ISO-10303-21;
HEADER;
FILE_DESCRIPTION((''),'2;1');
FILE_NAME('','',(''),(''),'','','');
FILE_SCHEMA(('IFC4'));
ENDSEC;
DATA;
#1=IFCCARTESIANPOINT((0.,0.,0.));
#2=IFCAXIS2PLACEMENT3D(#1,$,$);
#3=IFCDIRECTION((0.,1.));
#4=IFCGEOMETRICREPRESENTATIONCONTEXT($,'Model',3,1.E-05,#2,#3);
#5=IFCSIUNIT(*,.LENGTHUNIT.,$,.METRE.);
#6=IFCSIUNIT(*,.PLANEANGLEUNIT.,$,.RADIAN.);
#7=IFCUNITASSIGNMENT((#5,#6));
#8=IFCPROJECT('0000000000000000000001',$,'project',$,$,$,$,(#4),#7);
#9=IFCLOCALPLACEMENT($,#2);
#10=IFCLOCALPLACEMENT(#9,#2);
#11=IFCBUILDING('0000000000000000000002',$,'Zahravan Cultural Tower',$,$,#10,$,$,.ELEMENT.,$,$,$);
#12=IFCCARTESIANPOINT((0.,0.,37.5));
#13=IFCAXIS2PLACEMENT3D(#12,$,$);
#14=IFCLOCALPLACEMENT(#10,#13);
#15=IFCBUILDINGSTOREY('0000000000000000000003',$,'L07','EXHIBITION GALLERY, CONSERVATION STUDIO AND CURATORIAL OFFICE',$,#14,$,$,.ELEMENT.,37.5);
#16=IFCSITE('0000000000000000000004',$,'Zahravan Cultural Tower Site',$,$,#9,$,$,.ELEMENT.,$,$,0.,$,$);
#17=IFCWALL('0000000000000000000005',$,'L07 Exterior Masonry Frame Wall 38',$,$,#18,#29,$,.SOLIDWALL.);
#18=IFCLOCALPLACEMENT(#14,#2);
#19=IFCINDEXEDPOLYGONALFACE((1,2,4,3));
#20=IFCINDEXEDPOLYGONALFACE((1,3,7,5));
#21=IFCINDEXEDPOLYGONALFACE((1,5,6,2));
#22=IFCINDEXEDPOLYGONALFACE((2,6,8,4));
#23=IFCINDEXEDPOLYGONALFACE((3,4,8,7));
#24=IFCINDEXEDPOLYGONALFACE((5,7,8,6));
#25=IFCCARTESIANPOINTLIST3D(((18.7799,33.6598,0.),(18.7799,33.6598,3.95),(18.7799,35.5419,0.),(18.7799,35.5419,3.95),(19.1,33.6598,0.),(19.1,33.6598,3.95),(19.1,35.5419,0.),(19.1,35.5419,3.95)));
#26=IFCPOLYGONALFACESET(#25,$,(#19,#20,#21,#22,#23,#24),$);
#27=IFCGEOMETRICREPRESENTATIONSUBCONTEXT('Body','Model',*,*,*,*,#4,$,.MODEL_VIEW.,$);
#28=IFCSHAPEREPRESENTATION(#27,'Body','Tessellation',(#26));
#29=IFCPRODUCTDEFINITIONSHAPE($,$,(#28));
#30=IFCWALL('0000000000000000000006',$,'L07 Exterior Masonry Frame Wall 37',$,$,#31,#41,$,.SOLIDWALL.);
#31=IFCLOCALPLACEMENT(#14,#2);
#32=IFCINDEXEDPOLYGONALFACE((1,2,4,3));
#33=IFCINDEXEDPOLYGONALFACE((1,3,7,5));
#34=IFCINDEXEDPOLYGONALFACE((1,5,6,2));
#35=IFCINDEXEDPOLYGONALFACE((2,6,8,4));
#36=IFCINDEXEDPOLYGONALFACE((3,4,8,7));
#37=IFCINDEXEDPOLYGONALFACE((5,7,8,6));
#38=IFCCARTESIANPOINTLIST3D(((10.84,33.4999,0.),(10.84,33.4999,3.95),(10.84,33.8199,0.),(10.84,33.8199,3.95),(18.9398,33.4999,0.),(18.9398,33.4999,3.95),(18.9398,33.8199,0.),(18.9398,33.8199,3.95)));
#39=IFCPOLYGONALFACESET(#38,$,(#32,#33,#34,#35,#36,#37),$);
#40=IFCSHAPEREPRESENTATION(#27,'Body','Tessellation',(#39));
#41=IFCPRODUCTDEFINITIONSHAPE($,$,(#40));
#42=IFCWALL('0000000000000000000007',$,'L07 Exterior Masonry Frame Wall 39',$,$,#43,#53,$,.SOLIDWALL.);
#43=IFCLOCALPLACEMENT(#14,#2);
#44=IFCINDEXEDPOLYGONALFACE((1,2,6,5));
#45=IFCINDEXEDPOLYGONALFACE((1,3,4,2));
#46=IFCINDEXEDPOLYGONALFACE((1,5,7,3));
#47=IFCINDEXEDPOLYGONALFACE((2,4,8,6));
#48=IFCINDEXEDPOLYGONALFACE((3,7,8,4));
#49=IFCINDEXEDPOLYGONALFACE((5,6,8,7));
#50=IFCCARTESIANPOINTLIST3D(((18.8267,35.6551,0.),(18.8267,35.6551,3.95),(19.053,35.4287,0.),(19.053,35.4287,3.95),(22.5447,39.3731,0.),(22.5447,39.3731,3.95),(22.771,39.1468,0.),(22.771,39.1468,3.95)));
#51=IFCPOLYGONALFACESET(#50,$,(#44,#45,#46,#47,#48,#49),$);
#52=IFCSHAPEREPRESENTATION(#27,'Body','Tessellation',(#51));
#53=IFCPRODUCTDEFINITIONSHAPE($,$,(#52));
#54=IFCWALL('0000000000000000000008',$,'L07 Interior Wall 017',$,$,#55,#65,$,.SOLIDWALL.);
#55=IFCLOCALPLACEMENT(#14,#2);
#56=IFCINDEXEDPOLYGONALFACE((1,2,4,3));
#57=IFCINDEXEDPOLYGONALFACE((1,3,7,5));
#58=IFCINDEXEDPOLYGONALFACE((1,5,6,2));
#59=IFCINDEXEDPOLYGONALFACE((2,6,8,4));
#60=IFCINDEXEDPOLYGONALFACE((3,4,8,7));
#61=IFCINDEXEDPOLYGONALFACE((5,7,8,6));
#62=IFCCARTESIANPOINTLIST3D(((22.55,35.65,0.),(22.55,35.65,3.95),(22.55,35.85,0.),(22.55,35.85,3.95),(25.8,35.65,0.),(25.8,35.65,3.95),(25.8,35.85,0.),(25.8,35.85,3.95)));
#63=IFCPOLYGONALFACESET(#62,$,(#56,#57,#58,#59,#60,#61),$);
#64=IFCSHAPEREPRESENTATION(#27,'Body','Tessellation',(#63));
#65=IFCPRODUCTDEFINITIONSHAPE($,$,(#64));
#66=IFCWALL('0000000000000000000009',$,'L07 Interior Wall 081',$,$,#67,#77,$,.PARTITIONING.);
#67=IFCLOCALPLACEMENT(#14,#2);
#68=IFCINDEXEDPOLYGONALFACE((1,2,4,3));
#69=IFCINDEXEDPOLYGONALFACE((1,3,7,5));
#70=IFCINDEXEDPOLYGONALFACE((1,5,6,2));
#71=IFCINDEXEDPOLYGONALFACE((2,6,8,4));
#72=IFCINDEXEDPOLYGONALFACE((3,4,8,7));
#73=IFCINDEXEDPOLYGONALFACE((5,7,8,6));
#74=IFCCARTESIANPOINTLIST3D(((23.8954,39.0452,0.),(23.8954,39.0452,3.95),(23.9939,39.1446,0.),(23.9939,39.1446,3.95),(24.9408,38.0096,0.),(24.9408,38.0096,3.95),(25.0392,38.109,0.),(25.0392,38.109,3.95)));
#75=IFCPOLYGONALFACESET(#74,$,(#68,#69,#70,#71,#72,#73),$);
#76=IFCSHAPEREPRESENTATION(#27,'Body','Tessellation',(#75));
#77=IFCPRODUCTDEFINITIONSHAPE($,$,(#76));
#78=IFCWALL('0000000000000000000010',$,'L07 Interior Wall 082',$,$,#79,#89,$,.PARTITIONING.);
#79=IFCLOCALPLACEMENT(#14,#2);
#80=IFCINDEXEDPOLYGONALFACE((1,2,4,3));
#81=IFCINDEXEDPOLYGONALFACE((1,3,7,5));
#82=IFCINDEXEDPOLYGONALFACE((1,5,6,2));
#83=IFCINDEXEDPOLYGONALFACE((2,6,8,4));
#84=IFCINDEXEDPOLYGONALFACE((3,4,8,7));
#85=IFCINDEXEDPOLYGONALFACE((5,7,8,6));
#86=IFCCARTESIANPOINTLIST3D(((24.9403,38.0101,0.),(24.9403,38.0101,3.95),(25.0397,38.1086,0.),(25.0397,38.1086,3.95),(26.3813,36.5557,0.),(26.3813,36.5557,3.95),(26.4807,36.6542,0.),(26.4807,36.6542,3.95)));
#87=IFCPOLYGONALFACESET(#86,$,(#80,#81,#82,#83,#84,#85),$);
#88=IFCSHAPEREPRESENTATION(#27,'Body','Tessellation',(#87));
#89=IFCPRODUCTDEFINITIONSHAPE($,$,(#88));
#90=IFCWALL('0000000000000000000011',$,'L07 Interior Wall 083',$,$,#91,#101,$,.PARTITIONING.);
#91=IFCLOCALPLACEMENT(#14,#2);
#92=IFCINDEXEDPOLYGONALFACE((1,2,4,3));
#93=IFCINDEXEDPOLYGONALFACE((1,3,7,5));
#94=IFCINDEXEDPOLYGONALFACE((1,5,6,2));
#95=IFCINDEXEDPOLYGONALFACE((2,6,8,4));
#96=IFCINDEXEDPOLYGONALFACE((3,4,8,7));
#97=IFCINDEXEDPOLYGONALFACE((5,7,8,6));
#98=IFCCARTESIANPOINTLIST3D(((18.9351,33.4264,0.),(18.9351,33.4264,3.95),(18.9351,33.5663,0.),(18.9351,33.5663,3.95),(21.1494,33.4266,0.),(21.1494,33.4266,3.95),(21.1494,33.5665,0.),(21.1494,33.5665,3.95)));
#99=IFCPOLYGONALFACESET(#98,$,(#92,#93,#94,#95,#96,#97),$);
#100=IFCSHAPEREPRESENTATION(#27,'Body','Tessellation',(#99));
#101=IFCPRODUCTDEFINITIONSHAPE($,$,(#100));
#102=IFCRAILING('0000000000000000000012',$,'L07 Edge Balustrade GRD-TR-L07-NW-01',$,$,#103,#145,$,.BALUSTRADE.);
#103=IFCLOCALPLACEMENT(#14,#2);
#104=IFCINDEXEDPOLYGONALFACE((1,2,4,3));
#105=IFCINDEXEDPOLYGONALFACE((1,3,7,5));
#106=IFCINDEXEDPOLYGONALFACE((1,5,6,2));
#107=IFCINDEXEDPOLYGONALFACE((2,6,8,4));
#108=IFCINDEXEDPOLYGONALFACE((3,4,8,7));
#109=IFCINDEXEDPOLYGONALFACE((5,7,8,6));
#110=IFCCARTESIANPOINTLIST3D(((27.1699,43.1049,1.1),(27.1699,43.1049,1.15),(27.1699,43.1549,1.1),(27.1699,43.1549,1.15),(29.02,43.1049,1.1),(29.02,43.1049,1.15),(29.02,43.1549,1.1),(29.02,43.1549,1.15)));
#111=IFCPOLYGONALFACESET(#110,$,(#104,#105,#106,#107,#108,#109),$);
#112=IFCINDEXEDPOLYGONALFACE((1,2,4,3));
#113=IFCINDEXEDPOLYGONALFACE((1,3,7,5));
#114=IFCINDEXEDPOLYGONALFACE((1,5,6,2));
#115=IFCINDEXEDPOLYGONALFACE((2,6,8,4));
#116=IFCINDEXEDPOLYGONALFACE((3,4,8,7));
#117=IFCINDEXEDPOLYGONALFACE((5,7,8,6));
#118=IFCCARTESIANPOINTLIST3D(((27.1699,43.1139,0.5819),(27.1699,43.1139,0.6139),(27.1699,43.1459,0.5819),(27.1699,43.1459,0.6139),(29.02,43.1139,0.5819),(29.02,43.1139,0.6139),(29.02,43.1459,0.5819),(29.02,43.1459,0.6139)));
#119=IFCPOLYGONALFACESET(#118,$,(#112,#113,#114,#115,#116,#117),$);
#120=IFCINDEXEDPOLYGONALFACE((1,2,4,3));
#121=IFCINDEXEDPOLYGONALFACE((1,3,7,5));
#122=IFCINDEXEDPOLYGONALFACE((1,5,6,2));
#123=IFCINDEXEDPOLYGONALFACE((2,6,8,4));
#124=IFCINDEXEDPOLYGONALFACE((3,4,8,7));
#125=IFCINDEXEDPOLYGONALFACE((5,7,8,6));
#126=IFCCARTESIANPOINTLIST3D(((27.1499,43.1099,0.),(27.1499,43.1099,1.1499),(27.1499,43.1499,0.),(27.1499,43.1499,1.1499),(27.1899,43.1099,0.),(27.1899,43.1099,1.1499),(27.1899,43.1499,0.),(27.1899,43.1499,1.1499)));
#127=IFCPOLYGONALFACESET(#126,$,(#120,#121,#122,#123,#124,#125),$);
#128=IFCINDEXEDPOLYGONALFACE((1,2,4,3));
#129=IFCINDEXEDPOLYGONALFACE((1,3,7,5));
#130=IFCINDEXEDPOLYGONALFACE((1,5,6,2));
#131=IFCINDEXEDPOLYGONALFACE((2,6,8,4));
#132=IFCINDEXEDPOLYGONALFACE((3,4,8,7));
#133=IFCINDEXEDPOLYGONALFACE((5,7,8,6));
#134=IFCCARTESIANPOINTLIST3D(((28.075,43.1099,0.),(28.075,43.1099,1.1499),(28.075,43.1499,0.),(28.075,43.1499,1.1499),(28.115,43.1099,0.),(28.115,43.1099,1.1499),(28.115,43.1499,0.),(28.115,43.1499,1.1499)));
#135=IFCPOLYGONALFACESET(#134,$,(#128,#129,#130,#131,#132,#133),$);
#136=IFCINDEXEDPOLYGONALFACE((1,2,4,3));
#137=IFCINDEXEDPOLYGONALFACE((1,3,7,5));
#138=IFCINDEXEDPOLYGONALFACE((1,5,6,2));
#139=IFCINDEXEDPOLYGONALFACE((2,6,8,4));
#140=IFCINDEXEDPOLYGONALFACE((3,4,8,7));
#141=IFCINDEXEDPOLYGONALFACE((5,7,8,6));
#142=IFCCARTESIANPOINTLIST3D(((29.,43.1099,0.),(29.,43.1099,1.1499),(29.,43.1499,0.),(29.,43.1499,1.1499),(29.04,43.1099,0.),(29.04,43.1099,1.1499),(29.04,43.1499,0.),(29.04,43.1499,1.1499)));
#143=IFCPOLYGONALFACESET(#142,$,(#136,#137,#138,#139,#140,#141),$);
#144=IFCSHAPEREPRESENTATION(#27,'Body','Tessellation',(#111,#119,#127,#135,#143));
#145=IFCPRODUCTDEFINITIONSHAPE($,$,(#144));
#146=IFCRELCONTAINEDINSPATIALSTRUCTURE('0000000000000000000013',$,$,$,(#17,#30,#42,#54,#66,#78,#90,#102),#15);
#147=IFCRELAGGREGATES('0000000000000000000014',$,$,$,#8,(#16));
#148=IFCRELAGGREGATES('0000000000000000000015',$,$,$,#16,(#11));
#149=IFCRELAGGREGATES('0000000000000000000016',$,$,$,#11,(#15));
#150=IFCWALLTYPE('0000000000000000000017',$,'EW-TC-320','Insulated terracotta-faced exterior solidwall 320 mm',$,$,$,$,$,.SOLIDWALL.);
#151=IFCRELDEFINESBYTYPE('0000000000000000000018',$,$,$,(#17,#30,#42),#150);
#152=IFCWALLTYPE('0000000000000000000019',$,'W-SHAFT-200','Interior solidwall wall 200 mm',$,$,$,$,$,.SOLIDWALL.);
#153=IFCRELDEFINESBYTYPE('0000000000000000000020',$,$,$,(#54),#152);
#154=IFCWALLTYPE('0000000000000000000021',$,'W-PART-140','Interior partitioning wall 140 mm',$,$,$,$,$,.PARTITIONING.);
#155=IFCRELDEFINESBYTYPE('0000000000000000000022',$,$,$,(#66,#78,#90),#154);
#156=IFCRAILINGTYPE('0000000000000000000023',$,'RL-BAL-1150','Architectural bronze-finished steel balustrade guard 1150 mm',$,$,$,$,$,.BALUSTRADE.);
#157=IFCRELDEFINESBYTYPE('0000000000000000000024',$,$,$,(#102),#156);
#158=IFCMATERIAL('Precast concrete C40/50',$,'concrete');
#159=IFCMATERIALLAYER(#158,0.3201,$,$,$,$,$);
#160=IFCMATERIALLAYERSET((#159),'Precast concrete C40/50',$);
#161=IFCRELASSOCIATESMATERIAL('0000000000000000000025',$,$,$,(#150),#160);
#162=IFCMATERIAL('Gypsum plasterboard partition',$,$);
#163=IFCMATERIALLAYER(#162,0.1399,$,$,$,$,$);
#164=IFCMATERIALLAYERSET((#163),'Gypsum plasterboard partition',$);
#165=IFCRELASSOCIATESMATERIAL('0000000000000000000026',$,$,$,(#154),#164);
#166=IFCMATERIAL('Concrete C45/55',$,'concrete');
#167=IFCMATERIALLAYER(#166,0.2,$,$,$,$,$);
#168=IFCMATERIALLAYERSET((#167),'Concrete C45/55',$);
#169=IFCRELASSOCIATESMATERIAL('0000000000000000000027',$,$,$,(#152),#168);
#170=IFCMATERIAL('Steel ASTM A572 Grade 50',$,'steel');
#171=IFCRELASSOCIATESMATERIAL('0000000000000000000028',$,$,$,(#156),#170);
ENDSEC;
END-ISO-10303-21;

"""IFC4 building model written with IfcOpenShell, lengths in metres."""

from ifc_helpers import new_model, si_unit, direction, frame, frame_2d, origin, origin_2d, place, context, subcontext, project, spatial, rectangle, extrude, source, transform, mapped, material, layer, layer_set, type_object, element, save


model = new_model("IFC4")

# Units and contexts
model_context = context("Model", 3, precision=1e-05, world=origin(), true_north=direction((0.0, 1.0)))
body_context = subcontext(model_context, "Body", "Model", "MODEL_VIEW")
ifc_project = project(units=[si_unit("LENGTHUNIT", "METRE"), si_unit("PLANEANGLEUNIT", "RADIAN")], contexts=[model_context])

# Site, building, storey
site_placement = place(None, origin())
site = spatial("IfcSite", under=ifc_project, at=site_placement, Name="Zahravan Cultural Tower Site", CompositionType="ELEMENT", RefElevation=0.0)
building_placement = place(site_placement, origin())
building = spatial("IfcBuilding", under=site, at=building_placement, Name="Zahravan Cultural Tower", CompositionType="ELEMENT")
storey_placement = place(building_placement, frame((0.0, 0.0, 37.5)))
storey = spatial("IfcBuildingStorey", under=building, at=storey_placement, Name="L07", Description="EXHIBITION GALLERY, CONSERVATION STUDIO AND CURATORIAL OFFICE", CompositionType="ELEMENT", Elevation=37.5)

# Shared definitions
ifc_material_1 = material(Name="Precast concrete C40/50", Category="concrete")
ifc_layer_1 = layer(ifc_material_1, 0.3201)
ifc_layer_set_1 = layer_set([ifc_layer_1], Name="Precast concrete C40/50")
wall_type_1 = type_object("IfcWallType", Name="EW-TC-320", Description="Insulated terracotta-faced exterior solidwall 320 mm", PredefinedType="SOLIDWALL", material=ifc_layer_set_1)
ifc_material_2 = material(Name="Gypsum plasterboard partition")
ifc_layer_2 = layer(ifc_material_2, 0.1399)
ifc_layer_set_2 = layer_set([ifc_layer_2], Name="Gypsum plasterboard partition")
wall_type_2 = type_object("IfcWallType", Name="W-PART-140", Description="Interior partitioning wall 140 mm", PredefinedType="PARTITIONING", material=ifc_layer_set_2)
ifc_material_3 = material(Name="Concrete C45/55", Category="concrete")
ifc_layer_3 = layer(ifc_material_3, 0.2)
ifc_layer_set_3 = layer_set([ifc_layer_3], Name="Concrete C45/55")
wall_type_3 = type_object("IfcWallType", Name="W-SHAFT-200", Description="Interior solidwall wall 200 mm", PredefinedType="SOLIDWALL", material=ifc_layer_set_3)
ifc_material_4 = material(Name="Steel ASTM A572 Grade 50", Category="steel")

# Walls
shared_shape_1 = source(origin(), body_context, "Body", "SweptSolid", [
    extrude(rectangle(XDim=1.8821, YDim=0.3201, at=frame_2d((0.9409, 0.0))), origin(), (0.0, 0.0, 1.0), 3.95),
])
wall_1_placement = place(storey_placement, frame((18.9399, 33.6599, 0.0), z_axis=(0.0, 0.0, 1.0), x_axis=(0.0, 1.0, 0.0)))
element("IfcWall", 1, at=wall_1_placement, inside=storey, type_object=wall_type_1, Name="L07 Exterior Masonry Frame Wall 38", PredefinedType="SOLIDWALL", context=body_context, shape_type="MappedRepresentation", body=[
    mapped(shared_shape_1, transform((0.0, 0.0, 0.0), x_axis=(1.0, 0.0, 0.0), y_axis=(0.0, 1.0, 0.0), z_axis=(0.0, 0.0, 1.0), scale=1.0)),
])
shared_shape_2 = source(origin(), body_context, "Body", "SweptSolid", [
    extrude(rectangle(XDim=8.0999, YDim=0.3201, at=frame_2d((4.0498, 0.0))), origin(), (0.0, 0.0, 1.0), 3.95),
])
wall_2_placement = place(storey_placement, frame((10.8401, 33.6599, 0.0), z_axis=(0.0, 0.0, 1.0), x_axis=(1.0, 0.0, 0.0)))
element("IfcWall", 2, at=wall_2_placement, inside=storey, type_object=wall_type_1, Name="L07 Exterior Masonry Frame Wall 37", PredefinedType="SOLIDWALL", context=body_context, shape_type="MappedRepresentation", body=[
    mapped(shared_shape_2, transform((0.0, 0.0, 0.0), x_axis=(1.0, 0.0, 0.0), y_axis=(0.0, 1.0, 0.0), z_axis=(0.0, 0.0, 1.0), scale=1.0)),
])
shared_shape_3 = source(origin(), body_context, "Body", "SweptSolid", [
    extrude(rectangle(XDim=5.2581, YDim=0.3201, at=frame_2d((2.6289, 0.0))), origin(), (0.0, 0.0, 1.0), 3.95),
])
wall_3_placement = place(storey_placement, frame((18.9399, 35.542, 0.0), z_axis=(0.0, 0.0, 1.0), x_axis=(0.707107, 0.707107, 0.0)))
element("IfcWall", 3, at=wall_3_placement, inside=storey, type_object=wall_type_1, Name="L07 Exterior Masonry Frame Wall 39", PredefinedType="SOLIDWALL", context=body_context, shape_type="MappedRepresentation", body=[
    mapped(shared_shape_3, transform((0.0, 0.0, 0.0), x_axis=(1.0, 0.0, 0.0), y_axis=(0.0, 1.0, 0.0), z_axis=(0.0, 0.0, 1.0), scale=1.0)),
])
shared_shape_4 = source(origin(), body_context, "Body", "SweptSolid", [
    extrude(rectangle(XDim=3.25, YDim=0.2, at=frame_2d((1.625, 0.0))), origin(), (0.0, 0.0, 1.0), 3.95),
])
wall_4_placement = place(storey_placement, frame((22.55, 35.75, 0.0), z_axis=(0.0, 0.0, 1.0), x_axis=(1.0, 0.0, 0.0)))
element("IfcWall", 4, at=wall_4_placement, inside=storey, type_object=wall_type_3, Name="L07 Interior Wall 017", PredefinedType="SOLIDWALL", context=body_context, shape_type="MappedRepresentation", body=[
    mapped(shared_shape_4, transform((0.0, 0.0, 0.0), x_axis=(1.0, 0.0, 0.0), y_axis=(0.0, 1.0, 0.0), z_axis=(0.0, 0.0, 1.0), scale=1.0)),
])
shared_shape_5 = source(origin(), body_context, "Body", "SweptSolid", [
    extrude(rectangle(XDim=1.4714, YDim=0.1399, at=frame_2d((0.7358, 0.0))), origin(), (0.0, 0.0, 1.0), 3.95),
])
wall_5_placement = place(storey_placement, frame((23.9446, 39.095, 0.0), z_axis=(0.0, 0.0, 1.0), x_axis=(0.710417, -0.703781, 0.0)))
element("IfcWall", 5, at=wall_5_placement, inside=storey, type_object=wall_type_2, Name="L07 Interior Wall 081", PredefinedType="PARTITIONING", context=body_context, shape_type="MappedRepresentation", body=[
    mapped(shared_shape_5, transform((0.0, 0.0, 0.0), x_axis=(1.0, 0.0, 0.0), y_axis=(0.0, 1.0, 0.0), z_axis=(0.0, 0.0, 1.0), scale=1.0)),
])
shared_shape_6 = source(origin(), body_context, "Body", "SweptSolid", [
    extrude(rectangle(XDim=2.0474, YDim=0.1399, at=frame_2d((1.0237, 0.0))), origin(), (0.0, 0.0, 1.0), 3.95),
])
wall_6_placement = place(storey_placement, frame((24.99, 38.0593, 0.0), z_axis=(0.0, 0.0, 1.0), x_axis=(0.70382, -0.710379, 0.0)))
element("IfcWall", 6, at=wall_6_placement, inside=storey, type_object=wall_type_2, Name="L07 Interior Wall 082", PredefinedType="PARTITIONING", context=body_context, shape_type="MappedRepresentation", body=[
    mapped(shared_shape_6, transform((0.0, 0.0, 0.0), x_axis=(1.0, 0.0, 0.0), y_axis=(0.0, 1.0, 0.0), z_axis=(0.0, 0.0, 1.0), scale=1.0)),
])
shared_shape_7 = source(origin(), body_context, "Body", "SweptSolid", [
    extrude(rectangle(XDim=2.2144, YDim=0.1399, at=frame_2d((1.1072, 0.0))), origin(), (0.0, 0.0, 1.0), 3.95),
])
wall_7_placement = place(storey_placement, frame((21.1494, 33.4966, 0.0), z_axis=(0.0, 0.0, 1.0), x_axis=(-1.0, -0.00011, 0.0)))
element("IfcWall", 7, at=wall_7_placement, inside=storey, type_object=wall_type_2, Name="L07 Interior Wall 083", PredefinedType="PARTITIONING", context=body_context, shape_type="MappedRepresentation", body=[
    mapped(shared_shape_7, transform((0.0, 0.0, 0.0), x_axis=(1.0, 0.0, 0.0), y_axis=(0.0, 1.0, 0.0), z_axis=(0.0, 0.0, 1.0), scale=1.0)),
])

# Railing
railing_type_1 = type_object("IfcRailingType", Name="RL-BAL-1150", Description="Architectural bronze-finished steel balustrade guard 1150 mm", PredefinedType="BALUSTRADE", material=ifc_material_4)
railing_1_placement = place(storey_placement, frame((27.1699, 43.1299, 0.0)))
element("IfcRailing", 8, at=railing_1_placement, inside=storey, type_object=railing_type_1, Name="L07 Edge Balustrade GRD-TR-L07-NW-01", PredefinedType="BALUSTRADE", context=body_context, shape_type="SweptSolid", body=[
    extrude(rectangle(XDim=0.05, YDim=0.05, at=origin_2d()), frame((0.0, 0.0, 1.125), z_axis=(1.0, 0.0, 0.0), x_axis=(0.0, 1.0, 0.0)), (0.0, 0.0, 1.0), 1.8501),
    extrude(rectangle(XDim=0.032, YDim=0.032, at=origin_2d()), frame((0.0, 0.0, 0.5979), z_axis=(1.0, 0.0, 0.0), x_axis=(0.0, 1.0, 0.0)), (0.0, 0.0, 1.0), 1.8501),
    extrude(rectangle(XDim=0.04, YDim=0.04, at=origin_2d()), origin(), (0.0, 0.0, 1.0), 1.1499),
    extrude(rectangle(XDim=0.04, YDim=0.04, at=origin_2d()), frame((0.925, 0.0, 0.0)), (0.0, 0.0, 1.0), 1.1499),
    extrude(rectangle(XDim=0.04, YDim=0.04, at=origin_2d()), frame((1.8501, 0.0, 0.0)), (0.0, 0.0, 1.0), 1.1499),
])

save(model, "model.ifc")
